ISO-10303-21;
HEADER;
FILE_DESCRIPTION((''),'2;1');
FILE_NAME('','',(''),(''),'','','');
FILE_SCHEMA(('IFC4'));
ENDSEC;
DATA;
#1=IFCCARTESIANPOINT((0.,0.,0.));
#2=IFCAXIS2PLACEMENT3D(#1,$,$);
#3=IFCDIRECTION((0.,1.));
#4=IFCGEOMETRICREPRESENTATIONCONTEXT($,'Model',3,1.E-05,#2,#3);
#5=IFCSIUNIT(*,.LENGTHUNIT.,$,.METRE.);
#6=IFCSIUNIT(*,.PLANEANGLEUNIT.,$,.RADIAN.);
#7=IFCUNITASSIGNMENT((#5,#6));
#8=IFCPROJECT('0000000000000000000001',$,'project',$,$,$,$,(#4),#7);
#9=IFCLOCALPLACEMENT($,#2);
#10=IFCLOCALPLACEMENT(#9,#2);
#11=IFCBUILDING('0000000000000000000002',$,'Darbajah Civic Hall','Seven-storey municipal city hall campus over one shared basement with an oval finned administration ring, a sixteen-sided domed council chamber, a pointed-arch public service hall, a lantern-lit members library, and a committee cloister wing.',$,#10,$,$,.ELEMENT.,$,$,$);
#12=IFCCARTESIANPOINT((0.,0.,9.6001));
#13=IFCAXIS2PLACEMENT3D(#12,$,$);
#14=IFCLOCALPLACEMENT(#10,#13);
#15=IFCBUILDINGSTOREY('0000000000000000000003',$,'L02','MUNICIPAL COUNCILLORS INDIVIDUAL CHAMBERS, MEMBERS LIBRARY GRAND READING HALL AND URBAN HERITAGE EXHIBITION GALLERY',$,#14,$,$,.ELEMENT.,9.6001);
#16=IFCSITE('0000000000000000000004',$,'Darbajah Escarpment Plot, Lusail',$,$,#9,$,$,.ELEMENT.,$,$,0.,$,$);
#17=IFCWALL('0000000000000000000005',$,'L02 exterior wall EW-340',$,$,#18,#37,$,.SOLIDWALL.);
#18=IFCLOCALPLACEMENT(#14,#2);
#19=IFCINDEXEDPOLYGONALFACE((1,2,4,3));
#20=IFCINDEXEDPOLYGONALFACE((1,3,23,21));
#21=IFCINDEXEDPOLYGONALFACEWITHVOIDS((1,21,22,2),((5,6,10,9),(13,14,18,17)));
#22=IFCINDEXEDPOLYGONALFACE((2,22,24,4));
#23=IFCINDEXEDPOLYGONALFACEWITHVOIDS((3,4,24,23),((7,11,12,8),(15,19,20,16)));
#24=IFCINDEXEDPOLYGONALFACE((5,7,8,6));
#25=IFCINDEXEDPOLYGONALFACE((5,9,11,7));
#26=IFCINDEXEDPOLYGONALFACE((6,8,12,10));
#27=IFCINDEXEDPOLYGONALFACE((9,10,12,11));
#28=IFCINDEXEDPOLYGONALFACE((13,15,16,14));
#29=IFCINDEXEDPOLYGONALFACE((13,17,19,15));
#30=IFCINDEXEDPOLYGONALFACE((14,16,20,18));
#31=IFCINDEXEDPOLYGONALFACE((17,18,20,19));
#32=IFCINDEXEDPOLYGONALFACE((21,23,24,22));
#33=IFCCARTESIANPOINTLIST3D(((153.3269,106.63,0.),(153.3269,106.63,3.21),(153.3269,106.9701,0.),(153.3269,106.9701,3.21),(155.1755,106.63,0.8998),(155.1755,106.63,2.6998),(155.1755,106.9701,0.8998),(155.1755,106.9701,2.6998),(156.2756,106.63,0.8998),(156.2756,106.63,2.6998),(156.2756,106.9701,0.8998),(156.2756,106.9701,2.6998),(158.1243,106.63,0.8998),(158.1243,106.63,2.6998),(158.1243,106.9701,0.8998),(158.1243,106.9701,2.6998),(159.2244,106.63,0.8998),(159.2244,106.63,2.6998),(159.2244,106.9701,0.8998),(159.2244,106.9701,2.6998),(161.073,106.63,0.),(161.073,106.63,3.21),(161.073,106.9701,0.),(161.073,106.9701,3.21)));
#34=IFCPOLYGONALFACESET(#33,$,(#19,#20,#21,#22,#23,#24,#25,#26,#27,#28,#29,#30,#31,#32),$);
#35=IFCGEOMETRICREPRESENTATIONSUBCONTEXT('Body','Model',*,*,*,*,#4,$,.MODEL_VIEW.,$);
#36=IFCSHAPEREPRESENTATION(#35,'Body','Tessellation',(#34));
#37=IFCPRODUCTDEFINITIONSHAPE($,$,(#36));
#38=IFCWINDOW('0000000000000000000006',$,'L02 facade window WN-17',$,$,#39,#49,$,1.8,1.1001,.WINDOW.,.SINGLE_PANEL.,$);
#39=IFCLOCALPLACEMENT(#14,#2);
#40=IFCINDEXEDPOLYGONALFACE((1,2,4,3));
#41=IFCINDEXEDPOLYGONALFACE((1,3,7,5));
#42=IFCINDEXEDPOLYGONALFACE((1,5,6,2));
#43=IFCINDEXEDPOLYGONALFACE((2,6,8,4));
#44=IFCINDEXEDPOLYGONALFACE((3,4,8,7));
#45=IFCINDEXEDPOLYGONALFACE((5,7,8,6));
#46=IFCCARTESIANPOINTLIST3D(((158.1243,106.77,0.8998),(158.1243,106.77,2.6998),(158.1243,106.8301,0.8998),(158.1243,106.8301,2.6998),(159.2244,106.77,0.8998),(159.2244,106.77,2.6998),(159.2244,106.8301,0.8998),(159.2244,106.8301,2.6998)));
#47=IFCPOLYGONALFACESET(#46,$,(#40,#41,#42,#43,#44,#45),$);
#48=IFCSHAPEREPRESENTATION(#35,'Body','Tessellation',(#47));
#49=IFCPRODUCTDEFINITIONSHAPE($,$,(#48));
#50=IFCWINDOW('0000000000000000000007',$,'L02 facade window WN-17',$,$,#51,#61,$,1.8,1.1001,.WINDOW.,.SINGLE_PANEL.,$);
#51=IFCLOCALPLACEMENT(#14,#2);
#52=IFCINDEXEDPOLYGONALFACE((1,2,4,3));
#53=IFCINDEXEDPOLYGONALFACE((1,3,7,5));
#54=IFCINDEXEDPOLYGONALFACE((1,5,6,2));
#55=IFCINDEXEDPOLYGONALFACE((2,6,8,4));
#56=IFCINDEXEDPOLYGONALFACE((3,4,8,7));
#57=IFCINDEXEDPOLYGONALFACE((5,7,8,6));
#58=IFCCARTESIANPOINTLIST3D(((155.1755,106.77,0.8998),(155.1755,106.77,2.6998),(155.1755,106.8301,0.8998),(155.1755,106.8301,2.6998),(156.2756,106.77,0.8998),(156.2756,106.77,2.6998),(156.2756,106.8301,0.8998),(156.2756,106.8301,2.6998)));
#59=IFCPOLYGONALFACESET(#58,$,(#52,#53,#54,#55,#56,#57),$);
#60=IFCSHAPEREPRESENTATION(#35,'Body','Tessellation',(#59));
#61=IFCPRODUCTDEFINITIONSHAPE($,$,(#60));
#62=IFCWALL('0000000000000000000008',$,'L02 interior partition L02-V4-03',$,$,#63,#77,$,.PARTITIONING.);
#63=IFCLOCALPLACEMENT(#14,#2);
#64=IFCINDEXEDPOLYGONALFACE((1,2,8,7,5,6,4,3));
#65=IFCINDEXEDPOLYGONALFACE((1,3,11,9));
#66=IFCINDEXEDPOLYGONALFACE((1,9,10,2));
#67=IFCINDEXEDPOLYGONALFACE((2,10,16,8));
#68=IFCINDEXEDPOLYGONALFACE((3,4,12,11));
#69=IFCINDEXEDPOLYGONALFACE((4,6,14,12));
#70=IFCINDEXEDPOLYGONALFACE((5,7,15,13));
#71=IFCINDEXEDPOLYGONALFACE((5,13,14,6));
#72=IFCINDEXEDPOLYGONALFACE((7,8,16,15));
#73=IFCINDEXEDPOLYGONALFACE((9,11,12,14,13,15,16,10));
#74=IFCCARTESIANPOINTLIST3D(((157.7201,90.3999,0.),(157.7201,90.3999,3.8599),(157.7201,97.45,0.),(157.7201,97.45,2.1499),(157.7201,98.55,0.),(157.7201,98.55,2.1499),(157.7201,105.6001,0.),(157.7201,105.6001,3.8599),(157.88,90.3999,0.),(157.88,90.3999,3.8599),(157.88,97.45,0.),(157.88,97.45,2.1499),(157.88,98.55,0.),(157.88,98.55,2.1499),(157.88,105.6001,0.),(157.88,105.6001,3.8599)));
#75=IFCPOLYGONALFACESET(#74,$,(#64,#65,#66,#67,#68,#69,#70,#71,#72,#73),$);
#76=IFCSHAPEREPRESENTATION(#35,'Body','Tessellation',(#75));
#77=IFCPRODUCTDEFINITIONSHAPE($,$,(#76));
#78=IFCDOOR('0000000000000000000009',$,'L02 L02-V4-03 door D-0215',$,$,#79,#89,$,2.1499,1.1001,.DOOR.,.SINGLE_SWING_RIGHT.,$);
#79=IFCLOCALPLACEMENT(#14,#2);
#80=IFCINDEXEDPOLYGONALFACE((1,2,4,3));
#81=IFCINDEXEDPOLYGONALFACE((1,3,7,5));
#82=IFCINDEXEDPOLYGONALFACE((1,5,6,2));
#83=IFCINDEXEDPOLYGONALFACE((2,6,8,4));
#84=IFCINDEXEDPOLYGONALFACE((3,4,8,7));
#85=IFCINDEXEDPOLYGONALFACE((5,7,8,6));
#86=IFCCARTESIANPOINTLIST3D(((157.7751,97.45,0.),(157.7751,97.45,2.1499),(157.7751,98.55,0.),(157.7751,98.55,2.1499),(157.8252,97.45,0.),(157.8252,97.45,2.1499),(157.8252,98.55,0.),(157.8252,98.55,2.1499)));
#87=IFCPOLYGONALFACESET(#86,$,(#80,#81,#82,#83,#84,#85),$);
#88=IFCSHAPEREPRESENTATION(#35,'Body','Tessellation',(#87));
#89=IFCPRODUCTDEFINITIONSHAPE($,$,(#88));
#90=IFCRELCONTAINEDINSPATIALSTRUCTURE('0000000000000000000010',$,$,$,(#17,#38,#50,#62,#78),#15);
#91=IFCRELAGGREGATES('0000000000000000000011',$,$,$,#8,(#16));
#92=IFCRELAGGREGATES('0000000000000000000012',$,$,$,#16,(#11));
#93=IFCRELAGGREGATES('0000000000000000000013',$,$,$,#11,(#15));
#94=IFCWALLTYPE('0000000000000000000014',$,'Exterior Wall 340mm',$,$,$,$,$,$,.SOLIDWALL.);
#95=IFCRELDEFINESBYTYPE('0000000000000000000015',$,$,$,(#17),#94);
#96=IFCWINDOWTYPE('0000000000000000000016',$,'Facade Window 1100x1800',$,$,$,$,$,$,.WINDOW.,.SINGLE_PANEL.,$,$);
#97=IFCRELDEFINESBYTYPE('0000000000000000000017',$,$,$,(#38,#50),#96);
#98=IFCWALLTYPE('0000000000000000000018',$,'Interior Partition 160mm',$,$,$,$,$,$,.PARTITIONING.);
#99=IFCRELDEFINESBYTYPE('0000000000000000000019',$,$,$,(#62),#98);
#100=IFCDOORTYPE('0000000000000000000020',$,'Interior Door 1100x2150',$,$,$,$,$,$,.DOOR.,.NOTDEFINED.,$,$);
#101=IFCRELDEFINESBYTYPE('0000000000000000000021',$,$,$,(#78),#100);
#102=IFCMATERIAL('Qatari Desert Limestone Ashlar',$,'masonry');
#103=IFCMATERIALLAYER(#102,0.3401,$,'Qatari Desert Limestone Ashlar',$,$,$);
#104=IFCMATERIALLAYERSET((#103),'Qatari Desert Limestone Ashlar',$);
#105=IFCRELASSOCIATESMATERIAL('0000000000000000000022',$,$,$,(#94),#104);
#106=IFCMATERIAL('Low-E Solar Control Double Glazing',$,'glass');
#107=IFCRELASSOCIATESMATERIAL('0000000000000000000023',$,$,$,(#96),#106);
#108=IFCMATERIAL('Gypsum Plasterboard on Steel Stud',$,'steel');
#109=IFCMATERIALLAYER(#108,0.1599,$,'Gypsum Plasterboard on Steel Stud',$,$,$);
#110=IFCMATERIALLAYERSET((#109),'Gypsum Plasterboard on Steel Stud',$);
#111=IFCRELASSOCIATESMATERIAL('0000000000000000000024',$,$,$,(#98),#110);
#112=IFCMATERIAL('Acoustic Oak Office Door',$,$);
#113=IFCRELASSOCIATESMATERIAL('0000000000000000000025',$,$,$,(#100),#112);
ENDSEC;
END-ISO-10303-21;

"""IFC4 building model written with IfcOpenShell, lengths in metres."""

from ifc_helpers import new_model, si_unit, direction, frame, frame_2d, origin, place, context, subcontext, project, spatial, rectangle, extrude, material, layer, layer_set, type_object, element, fill, save


model = new_model("IFC4")

# Units and contexts
model_context = context("Model", 3, precision=1e-05, world=origin(), true_north=direction((0.0, 1.0)))
body_context = subcontext(model_context, "Body", "Model", "MODEL_VIEW")
ifc_project = project(units=[si_unit("LENGTHUNIT", "METRE"), si_unit("PLANEANGLEUNIT", "RADIAN")], contexts=[model_context])

# Site, building, storey
site_placement = place(None, origin())
site = spatial("IfcSite", under=ifc_project, at=site_placement, Name="Darbajah Escarpment Plot, Lusail", CompositionType="ELEMENT", RefElevation=0.0)
building_placement = place(site_placement, origin())
building = spatial("IfcBuilding", under=site, at=building_placement, Name="Darbajah Civic Hall", Description="Seven-storey municipal city hall campus over one shared basement with an oval finned administration ring, a sixteen-sided domed council chamber, a pointed-arch public service hall, a lantern-lit members library, and a committee cloister wing.", CompositionType="ELEMENT")
storey_placement = place(building_placement, frame((0.0, 0.0, 9.6001)))
storey = spatial("IfcBuildingStorey", under=building, at=storey_placement, Name="L02", Description="MUNICIPAL COUNCILLORS INDIVIDUAL CHAMBERS, MEMBERS LIBRARY GRAND READING HALL AND URBAN HERITAGE EXHIBITION GALLERY", CompositionType="ELEMENT", Elevation=9.6001)

# Wall, openings, windows
ifc_material_1 = material(Name="Qatari Desert Limestone Ashlar", Category="masonry")
ifc_layer_1 = layer(ifc_material_1, 0.3401, Name="Qatari Desert Limestone Ashlar")
ifc_layer_set_1 = layer_set([ifc_layer_1], Name="Qatari Desert Limestone Ashlar")
wall_type_1 = type_object("IfcWallType", Name="Exterior Wall 340mm", PredefinedType="SOLIDWALL", material=ifc_layer_set_1)
wall_1_placement = place(storey_placement, frame((161.073, 106.8, 0.0), z_axis=(0.0, 0.0, 1.0), x_axis=(-1.0, 0.0, 0.0)))
wall_1 = element("IfcWall", 1, at=wall_1_placement, inside=storey, type_object=wall_type_1, Name="L02 exterior wall EW-340", PredefinedType="SOLIDWALL", context=body_context, shape_type="SweptSolid", body=[
    extrude(rectangle(XDim=7.7461, YDim=0.3401, at=frame_2d((3.873, 0.0))), origin(), (0.0, 0.0, 1.0), 3.21),
])
opening_1_placement = place(wall_1_placement, frame((1.8486, 0.0, 0.8999)))
opening_1 = element("IfcOpeningElement", 2, at=opening_1_placement, cuts=wall_1, PredefinedType="OPENING", context=body_context, shape_type="SweptSolid", body=[
    extrude(rectangle(XDim=1.1001, YDim=1.8, at=frame_2d((0.55, 0.8999))), frame((0.0, 0.1799, 0.0), z_axis=(0.0, -1.0, 0.0), x_axis=(1.0, 0.0, 0.0)), (0.0, 0.0, 1.0), 0.3601),
])
opening_2_placement = place(wall_1_placement, frame((4.7974, 0.0, 0.8999)))
opening_2 = element("IfcOpeningElement", 3, at=opening_2_placement, cuts=wall_1, PredefinedType="OPENING", context=body_context, shape_type="SweptSolid", body=[
    extrude(rectangle(XDim=1.1001, YDim=1.8, at=frame_2d((0.55, 0.8999))), frame((0.0, 0.1799, 0.0), z_axis=(0.0, -1.0, 0.0), x_axis=(1.0, 0.0, 0.0)), (0.0, 0.0, 1.0), 0.3601),
])
ifc_material_2 = material(Name="Low-E Solar Control Double Glazing", Category="glass")
window_type = type_object("IfcWindowType", Name="Facade Window 1100x1800", PartitioningType="SINGLE_PANEL", PredefinedType="WINDOW", material=ifc_material_2)
window_1_placement = place(opening_1_placement, origin())
window_1 = element("IfcWindow", 4, at=window_1_placement, inside=storey, type_object=window_type, Name="L02 facade window WN-17", OverallHeight=1.8, OverallWidth=1.1001, PartitioningType="SINGLE_PANEL", PredefinedType="WINDOW", context=body_context, shape_type="SweptSolid", body=[
    extrude(rectangle(XDim=1.1001, YDim=1.8, at=frame_2d((0.55, 0.8999))), frame((0.0, 0.03, 0.0), z_axis=(0.0, -1.0, 0.0), x_axis=(1.0, 0.0, 0.0)), (0.0, 0.0, 1.0), 0.0601),
])
fill(opening_1, window_1)
window_2_placement = place(opening_2_placement, origin())
window_2 = element("IfcWindow", 5, at=window_2_placement, inside=storey, type_object=window_type, Name="L02 facade window WN-17", OverallHeight=1.8, OverallWidth=1.1001, PartitioningType="SINGLE_PANEL", PredefinedType="WINDOW", context=body_context, shape_type="SweptSolid", body=[
    extrude(rectangle(XDim=1.1001, YDim=1.8, at=frame_2d((0.55, 0.8999))), frame((0.0, 0.03, 0.0), z_axis=(0.0, -1.0, 0.0), x_axis=(1.0, 0.0, 0.0)), (0.0, 0.0, 1.0), 0.0601),
])
fill(opening_2, window_2)

# Wall, opening, door
ifc_material_3 = material(Name="Gypsum Plasterboard on Steel Stud", Category="steel")
ifc_layer_2 = layer(ifc_material_3, 0.1599, Name="Gypsum Plasterboard on Steel Stud")
ifc_layer_set_2 = layer_set([ifc_layer_2], Name="Gypsum Plasterboard on Steel Stud")
wall_type_2 = type_object("IfcWallType", Name="Interior Partition 160mm", PredefinedType="PARTITIONING", material=ifc_layer_set_2)
wall_2_placement = place(storey_placement, frame((157.8, 90.3999, 0.0), z_axis=(0.0, 0.0, 1.0), x_axis=(0.0, 1.0, 0.0)))
wall_2 = element("IfcWall", 6, at=wall_2_placement, inside=storey, type_object=wall_type_2, Name="L02 interior partition L02-V4-03", PredefinedType="PARTITIONING", context=body_context, shape_type="SweptSolid", body=[
    extrude(rectangle(XDim=15.2002, YDim=0.1599, at=frame_2d((7.6001, 0.0))), origin(), (0.0, 0.0, 1.0), 3.8599),
])
opening_3_placement = place(wall_2_placement, frame((7.05, 0.0, 0.0)))
opening_3 = element("IfcOpeningElement", 7, at=opening_3_placement, cuts=wall_2, PredefinedType="OPENING", context=body_context, shape_type="SweptSolid", body=[
    extrude(rectangle(XDim=1.1001, YDim=2.1499, at=frame_2d((0.55, 1.075))), frame((0.0, 0.0898, 0.0), z_axis=(0.0, -1.0, 0.0), x_axis=(1.0, 0.0, 0.0)), (0.0, 0.0, 1.0), 0.1799),
])
ifc_material_4 = material(Name="Acoustic Oak Office Door")
door_type_1 = type_object("IfcDoorType", Name="Interior Door 1100x2150", OperationType="NOTDEFINED", PredefinedType="DOOR", material=ifc_material_4)
door_1_placement = place(opening_3_placement, origin())
door_1 = element("IfcDoor", 8, at=door_1_placement, inside=storey, type_object=door_type_1, Name="L02 L02-V4-03 door D-0215", OperationType="SINGLE_SWING_RIGHT", OverallHeight=2.1499, OverallWidth=1.1001, PredefinedType="DOOR", context=body_context, shape_type="SweptSolid", body=[
    extrude(rectangle(XDim=1.1001, YDim=2.1499, at=frame_2d((0.55, 1.075))), frame((0.0, 0.0249, 0.0), z_axis=(0.0, -1.0, 0.0), x_axis=(1.0, 0.0, 0.0)), (0.0, 0.0, 1.0), 0.05),
])
fill(opening_3, door_1)

save(model, "model.ifc")
